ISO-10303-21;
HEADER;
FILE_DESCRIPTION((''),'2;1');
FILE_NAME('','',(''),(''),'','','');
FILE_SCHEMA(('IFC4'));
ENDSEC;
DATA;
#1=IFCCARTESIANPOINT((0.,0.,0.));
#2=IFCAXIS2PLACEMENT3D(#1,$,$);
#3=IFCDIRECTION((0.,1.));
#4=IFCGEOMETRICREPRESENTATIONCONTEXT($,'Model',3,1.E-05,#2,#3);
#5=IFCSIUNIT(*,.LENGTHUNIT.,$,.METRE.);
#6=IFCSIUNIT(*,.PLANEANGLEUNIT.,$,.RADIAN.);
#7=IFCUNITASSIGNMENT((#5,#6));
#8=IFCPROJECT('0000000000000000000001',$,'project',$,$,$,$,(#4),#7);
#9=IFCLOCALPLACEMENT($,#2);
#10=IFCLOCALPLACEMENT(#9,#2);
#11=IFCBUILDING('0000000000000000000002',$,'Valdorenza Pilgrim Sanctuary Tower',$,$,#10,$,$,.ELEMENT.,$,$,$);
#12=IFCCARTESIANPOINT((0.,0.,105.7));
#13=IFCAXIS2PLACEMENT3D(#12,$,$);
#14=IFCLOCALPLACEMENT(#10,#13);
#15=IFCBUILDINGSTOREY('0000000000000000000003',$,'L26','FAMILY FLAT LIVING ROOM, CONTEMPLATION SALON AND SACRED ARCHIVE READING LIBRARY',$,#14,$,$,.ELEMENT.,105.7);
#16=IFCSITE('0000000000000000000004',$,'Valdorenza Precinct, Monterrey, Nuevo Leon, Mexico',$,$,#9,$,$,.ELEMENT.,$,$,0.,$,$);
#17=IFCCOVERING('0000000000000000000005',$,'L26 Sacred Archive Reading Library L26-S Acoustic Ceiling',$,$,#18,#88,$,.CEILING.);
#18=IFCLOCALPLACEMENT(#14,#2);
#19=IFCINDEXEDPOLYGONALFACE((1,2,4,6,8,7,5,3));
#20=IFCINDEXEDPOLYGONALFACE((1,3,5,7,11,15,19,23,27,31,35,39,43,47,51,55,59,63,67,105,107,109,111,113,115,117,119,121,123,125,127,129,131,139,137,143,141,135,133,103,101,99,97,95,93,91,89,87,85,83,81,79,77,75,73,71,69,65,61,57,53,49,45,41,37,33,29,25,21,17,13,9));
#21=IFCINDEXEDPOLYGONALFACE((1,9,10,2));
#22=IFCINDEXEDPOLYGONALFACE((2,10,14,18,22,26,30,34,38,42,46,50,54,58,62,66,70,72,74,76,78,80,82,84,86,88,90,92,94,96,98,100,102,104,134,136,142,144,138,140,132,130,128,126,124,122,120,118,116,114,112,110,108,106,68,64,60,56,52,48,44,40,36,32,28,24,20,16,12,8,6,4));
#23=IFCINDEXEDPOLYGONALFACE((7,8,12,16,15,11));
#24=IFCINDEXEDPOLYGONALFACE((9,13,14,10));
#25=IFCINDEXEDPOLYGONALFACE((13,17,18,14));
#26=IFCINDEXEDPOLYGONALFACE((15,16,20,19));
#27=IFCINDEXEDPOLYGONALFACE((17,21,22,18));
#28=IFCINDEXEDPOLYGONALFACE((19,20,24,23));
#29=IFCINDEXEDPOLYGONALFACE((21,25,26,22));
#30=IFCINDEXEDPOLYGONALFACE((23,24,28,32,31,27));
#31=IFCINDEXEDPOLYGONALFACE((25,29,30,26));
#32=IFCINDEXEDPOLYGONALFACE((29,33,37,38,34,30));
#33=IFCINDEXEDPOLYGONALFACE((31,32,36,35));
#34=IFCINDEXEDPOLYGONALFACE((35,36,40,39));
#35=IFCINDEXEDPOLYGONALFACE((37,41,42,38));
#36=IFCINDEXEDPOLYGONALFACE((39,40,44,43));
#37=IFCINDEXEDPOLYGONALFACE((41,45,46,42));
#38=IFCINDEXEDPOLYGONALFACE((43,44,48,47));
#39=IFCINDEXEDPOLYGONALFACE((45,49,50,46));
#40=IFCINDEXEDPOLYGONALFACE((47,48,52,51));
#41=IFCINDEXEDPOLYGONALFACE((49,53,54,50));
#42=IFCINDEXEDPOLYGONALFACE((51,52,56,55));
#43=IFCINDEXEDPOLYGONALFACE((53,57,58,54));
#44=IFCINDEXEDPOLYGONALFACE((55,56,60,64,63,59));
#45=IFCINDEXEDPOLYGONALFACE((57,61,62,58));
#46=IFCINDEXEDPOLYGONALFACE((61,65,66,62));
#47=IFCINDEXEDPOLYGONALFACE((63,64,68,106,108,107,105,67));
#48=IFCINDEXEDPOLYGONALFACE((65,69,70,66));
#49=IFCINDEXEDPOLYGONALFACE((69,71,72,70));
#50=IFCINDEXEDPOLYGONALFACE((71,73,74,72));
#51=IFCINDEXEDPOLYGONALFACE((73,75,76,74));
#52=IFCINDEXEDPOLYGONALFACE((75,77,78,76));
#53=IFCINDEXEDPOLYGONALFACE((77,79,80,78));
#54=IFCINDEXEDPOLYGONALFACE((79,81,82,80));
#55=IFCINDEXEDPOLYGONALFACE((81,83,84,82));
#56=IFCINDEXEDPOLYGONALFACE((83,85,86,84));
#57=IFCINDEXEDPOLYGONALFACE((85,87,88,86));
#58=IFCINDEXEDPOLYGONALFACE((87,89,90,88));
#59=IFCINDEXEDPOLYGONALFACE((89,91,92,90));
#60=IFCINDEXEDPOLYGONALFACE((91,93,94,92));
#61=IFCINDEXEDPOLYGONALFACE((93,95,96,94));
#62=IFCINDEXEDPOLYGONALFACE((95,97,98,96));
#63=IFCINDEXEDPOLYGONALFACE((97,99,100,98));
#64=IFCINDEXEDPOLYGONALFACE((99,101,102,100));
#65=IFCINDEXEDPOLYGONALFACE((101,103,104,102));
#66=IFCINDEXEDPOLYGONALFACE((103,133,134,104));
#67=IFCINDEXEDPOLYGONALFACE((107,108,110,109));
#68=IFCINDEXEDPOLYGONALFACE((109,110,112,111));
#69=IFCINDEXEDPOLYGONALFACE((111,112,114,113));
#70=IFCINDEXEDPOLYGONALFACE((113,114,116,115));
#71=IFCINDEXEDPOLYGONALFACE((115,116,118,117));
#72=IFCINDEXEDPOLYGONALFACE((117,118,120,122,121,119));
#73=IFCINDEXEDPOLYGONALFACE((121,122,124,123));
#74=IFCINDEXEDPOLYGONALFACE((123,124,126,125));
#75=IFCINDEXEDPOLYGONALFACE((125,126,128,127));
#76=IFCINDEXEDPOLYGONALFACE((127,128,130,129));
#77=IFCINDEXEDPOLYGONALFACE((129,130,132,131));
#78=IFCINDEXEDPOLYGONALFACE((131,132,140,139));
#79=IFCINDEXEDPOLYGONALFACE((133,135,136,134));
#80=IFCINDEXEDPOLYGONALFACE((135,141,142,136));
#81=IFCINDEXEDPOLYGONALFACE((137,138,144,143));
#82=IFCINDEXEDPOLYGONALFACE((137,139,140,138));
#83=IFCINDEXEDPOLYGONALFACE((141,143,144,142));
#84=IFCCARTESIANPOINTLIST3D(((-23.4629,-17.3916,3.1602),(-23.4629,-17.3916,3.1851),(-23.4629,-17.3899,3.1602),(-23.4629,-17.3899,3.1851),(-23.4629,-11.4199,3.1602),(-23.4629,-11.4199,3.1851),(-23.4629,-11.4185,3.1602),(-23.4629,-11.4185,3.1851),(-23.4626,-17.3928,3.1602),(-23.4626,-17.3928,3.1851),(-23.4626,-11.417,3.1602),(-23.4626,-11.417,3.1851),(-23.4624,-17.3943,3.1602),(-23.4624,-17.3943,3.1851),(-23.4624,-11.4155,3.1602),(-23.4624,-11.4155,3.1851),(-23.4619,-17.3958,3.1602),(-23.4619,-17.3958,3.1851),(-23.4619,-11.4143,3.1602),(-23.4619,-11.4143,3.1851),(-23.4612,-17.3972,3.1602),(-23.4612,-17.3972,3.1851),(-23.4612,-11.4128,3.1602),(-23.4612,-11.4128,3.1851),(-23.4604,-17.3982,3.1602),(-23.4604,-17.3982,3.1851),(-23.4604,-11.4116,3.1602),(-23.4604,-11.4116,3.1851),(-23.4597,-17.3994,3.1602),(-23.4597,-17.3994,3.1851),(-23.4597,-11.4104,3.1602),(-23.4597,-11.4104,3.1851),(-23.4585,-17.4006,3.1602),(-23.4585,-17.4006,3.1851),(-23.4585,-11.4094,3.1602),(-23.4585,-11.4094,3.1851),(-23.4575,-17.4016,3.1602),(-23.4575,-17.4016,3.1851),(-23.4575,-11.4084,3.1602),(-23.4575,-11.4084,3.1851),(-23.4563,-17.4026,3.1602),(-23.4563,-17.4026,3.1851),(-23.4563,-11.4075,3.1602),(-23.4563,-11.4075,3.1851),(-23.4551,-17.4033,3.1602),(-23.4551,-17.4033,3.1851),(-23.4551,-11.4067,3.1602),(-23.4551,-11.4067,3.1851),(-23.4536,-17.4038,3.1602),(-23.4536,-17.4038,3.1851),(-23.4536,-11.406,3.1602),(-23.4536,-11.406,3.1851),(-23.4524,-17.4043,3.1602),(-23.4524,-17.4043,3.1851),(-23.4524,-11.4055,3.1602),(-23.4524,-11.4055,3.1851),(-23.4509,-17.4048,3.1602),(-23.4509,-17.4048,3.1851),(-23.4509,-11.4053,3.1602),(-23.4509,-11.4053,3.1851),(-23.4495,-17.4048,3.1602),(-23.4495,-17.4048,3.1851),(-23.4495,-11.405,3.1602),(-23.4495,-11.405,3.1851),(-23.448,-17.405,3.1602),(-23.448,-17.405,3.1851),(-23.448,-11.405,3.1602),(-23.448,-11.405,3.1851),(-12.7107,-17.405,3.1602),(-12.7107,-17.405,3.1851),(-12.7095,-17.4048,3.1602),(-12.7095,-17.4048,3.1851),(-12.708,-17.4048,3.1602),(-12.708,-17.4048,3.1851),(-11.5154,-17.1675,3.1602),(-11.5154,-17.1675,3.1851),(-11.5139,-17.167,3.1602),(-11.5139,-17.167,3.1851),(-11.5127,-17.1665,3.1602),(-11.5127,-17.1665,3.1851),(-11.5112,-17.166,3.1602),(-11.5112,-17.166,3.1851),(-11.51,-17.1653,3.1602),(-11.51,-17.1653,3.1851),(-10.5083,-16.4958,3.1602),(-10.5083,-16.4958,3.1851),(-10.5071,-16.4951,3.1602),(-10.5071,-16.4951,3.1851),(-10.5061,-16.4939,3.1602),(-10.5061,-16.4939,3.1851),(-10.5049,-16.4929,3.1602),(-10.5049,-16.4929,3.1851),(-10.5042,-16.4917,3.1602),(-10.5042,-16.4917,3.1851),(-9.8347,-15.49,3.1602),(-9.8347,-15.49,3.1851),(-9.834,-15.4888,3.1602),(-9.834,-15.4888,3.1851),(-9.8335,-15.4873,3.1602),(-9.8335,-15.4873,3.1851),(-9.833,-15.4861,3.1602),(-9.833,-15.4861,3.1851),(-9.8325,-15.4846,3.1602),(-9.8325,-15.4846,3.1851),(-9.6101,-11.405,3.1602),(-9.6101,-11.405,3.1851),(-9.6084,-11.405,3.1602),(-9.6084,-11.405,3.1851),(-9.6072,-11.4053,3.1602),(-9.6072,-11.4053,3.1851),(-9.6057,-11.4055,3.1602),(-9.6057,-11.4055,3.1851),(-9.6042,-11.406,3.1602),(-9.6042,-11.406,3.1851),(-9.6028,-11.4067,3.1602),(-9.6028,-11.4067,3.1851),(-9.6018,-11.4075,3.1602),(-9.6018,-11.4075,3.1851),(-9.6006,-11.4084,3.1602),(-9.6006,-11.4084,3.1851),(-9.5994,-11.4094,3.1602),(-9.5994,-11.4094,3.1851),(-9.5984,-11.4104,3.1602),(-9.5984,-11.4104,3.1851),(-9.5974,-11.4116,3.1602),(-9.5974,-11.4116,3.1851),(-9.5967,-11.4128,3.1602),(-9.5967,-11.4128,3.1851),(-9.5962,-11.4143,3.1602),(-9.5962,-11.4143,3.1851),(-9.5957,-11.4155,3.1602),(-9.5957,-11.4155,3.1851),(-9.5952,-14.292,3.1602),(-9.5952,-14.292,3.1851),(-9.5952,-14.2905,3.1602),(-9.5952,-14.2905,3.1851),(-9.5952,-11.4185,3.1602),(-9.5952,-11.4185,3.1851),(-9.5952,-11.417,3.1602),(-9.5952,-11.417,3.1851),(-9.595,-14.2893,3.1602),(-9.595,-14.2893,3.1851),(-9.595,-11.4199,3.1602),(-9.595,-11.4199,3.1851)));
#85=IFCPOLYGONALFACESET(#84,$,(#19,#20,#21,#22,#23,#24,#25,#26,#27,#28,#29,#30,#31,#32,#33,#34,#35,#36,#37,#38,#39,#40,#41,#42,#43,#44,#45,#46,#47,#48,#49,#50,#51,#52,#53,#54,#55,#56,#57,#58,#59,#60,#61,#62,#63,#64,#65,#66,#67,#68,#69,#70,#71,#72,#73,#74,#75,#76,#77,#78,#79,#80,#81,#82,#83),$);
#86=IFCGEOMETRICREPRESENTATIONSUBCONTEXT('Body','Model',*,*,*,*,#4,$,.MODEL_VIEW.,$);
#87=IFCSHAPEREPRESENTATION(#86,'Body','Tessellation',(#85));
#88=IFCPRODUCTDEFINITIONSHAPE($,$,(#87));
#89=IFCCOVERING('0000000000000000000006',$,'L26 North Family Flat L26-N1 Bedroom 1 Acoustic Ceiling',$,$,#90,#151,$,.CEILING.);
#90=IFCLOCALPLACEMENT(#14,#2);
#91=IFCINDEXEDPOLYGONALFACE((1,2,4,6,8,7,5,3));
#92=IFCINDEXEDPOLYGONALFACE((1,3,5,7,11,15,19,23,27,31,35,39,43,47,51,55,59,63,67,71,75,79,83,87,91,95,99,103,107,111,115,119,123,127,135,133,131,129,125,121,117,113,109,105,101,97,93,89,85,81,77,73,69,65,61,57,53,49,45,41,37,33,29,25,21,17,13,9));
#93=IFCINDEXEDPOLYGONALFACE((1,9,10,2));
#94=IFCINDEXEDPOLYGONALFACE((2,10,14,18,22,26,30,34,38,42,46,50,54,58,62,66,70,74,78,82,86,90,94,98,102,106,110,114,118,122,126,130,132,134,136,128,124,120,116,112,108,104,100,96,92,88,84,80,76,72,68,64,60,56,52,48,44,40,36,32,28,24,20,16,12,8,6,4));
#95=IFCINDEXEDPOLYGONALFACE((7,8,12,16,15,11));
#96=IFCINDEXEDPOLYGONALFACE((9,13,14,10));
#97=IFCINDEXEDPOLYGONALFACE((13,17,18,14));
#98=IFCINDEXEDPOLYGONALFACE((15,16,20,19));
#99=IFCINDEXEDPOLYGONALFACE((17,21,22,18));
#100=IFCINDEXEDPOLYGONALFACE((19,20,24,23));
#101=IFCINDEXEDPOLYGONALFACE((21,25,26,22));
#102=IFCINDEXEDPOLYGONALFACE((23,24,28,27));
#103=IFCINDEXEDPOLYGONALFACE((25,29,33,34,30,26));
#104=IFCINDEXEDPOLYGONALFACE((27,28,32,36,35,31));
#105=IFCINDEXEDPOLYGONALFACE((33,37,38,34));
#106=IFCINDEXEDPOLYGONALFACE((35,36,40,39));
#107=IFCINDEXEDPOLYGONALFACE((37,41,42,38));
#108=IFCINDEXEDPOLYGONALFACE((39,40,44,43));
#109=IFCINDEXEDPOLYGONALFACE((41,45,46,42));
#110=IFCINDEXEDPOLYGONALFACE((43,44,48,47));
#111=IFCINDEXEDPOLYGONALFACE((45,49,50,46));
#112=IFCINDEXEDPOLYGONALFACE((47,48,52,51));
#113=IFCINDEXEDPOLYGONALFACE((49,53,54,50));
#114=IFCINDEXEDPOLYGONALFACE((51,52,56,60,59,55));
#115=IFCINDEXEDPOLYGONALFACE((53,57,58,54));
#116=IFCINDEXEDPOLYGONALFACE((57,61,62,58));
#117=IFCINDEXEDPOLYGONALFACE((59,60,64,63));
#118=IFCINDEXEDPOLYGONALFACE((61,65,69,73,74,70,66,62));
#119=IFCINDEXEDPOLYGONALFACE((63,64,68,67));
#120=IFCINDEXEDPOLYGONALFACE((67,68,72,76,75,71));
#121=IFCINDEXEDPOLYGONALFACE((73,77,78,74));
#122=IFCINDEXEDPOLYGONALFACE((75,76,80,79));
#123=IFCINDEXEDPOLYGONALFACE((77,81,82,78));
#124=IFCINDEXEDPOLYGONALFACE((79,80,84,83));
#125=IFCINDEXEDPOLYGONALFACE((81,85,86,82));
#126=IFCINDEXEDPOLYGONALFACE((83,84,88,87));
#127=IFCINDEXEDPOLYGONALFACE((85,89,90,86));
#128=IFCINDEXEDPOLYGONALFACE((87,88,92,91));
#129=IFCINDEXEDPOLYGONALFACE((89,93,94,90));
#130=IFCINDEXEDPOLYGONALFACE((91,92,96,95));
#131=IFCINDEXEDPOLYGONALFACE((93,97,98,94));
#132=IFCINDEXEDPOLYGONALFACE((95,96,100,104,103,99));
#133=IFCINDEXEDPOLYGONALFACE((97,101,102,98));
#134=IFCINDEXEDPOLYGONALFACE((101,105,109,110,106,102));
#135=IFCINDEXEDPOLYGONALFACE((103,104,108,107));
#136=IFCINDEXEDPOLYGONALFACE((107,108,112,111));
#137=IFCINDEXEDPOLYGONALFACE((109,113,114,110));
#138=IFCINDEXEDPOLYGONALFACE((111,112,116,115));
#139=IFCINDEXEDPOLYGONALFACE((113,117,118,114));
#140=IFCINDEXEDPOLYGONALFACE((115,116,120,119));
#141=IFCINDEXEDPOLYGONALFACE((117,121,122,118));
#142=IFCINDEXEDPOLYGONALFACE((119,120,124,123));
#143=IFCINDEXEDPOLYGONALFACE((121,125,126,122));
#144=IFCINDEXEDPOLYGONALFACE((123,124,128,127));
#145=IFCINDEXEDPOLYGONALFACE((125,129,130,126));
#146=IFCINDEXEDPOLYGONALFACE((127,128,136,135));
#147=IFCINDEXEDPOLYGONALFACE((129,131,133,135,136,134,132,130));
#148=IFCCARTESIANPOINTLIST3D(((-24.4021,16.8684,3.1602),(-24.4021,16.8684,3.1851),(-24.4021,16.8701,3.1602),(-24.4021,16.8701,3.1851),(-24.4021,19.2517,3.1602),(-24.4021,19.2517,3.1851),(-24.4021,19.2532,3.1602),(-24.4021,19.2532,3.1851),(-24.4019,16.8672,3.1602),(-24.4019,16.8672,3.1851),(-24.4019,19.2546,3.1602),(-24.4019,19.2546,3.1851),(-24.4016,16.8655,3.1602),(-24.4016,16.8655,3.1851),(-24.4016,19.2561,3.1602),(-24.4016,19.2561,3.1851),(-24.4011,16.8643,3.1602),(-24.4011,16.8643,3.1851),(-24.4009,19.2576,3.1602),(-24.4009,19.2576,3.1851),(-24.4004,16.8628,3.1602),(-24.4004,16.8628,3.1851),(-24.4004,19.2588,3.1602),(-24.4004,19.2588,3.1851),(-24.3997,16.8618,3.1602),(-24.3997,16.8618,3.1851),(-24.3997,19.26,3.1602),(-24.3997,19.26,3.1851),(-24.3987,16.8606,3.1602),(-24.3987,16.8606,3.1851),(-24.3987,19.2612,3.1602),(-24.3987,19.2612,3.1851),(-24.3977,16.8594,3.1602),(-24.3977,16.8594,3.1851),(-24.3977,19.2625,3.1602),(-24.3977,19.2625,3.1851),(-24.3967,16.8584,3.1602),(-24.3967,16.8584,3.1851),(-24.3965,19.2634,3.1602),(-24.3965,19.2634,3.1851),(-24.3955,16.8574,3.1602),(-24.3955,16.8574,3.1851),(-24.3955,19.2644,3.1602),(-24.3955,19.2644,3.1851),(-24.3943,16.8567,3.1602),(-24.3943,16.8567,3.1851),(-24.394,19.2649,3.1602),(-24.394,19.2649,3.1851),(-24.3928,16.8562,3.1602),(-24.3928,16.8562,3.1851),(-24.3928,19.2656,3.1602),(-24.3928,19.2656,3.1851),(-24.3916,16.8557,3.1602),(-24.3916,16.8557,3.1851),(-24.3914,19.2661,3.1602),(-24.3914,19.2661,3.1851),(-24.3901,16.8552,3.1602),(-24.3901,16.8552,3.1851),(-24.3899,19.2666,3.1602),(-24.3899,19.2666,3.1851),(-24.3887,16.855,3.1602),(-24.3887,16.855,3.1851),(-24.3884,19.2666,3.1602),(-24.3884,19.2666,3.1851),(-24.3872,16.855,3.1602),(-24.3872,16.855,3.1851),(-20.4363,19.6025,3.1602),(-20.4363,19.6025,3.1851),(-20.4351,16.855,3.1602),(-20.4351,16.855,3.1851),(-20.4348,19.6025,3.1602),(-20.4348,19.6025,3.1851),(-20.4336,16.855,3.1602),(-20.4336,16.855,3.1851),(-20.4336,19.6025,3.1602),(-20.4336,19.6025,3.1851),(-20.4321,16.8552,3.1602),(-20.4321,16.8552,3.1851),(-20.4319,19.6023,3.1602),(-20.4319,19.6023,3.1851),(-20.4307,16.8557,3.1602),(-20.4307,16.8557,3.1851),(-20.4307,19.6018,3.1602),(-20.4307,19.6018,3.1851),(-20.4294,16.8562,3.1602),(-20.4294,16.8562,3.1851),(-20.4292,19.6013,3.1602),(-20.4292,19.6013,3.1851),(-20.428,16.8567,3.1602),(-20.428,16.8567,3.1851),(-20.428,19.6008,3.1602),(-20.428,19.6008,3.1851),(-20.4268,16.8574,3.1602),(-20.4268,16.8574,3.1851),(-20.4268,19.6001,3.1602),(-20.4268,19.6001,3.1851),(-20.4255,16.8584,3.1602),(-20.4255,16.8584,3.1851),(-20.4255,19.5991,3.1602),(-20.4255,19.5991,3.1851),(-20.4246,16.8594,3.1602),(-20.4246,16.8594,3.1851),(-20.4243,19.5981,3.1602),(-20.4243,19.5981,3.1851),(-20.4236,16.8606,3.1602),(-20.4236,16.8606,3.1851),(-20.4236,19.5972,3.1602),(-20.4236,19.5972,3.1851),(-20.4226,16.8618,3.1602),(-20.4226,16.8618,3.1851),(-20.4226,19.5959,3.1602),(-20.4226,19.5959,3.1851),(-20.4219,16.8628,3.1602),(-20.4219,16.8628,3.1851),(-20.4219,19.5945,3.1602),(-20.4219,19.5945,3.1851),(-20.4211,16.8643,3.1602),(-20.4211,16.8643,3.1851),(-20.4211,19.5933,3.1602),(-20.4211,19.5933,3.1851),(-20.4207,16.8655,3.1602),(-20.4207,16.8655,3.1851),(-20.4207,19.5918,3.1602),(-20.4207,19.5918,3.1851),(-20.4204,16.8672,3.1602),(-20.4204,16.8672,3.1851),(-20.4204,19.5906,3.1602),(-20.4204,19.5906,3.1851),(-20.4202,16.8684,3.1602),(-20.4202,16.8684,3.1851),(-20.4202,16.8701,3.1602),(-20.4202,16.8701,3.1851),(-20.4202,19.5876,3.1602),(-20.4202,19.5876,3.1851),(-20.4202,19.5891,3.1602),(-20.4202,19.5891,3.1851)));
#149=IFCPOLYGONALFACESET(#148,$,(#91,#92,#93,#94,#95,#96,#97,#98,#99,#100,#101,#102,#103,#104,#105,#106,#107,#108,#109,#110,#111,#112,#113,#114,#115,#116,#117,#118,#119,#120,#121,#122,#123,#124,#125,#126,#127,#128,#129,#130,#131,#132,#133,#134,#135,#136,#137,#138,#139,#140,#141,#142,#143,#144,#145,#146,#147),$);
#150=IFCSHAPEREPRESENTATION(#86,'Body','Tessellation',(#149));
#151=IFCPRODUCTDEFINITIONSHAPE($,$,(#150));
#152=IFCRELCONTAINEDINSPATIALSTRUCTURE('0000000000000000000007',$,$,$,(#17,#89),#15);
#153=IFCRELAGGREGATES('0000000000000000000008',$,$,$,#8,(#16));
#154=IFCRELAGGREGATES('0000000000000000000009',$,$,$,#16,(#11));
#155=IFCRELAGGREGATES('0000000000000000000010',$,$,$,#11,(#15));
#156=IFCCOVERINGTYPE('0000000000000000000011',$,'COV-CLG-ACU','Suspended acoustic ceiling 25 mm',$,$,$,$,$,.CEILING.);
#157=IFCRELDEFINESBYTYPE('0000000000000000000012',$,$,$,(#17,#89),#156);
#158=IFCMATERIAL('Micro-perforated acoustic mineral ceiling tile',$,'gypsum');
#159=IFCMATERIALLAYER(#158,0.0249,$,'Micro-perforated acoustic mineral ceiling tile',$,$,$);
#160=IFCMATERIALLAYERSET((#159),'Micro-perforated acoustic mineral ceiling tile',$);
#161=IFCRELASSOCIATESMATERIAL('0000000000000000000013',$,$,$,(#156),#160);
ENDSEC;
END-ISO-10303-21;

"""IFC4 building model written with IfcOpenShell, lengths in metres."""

from ifc_helpers import new_model, si_unit, direction, frame, origin, place, context, subcontext, project, spatial, polyline, outline, extrude, material, layer, layer_set, type_object, element, save


model = new_model("IFC4")

# Units and contexts
model_context = context("Model", 3, precision=1e-05, world=origin(), true_north=direction((0.0, 1.0)))
body_context = subcontext(model_context, "Body", "Model", "MODEL_VIEW")
ifc_project = project(units=[si_unit("LENGTHUNIT", "METRE"), si_unit("PLANEANGLEUNIT", "RADIAN")], contexts=[model_context])

# Site, building, storey
site_placement = place(None, origin())
site = spatial("IfcSite", under=ifc_project, at=site_placement, Name="Valdorenza Precinct, Monterrey, Nuevo Leon, Mexico", CompositionType="ELEMENT", RefElevation=0.0)
building_placement = place(site_placement, origin())
building = spatial("IfcBuilding", under=site, at=building_placement, Name="Valdorenza Pilgrim Sanctuary Tower", CompositionType="ELEMENT")
storey_placement = place(building_placement, frame((0.0, 0.0, 105.7)))
storey = spatial("IfcBuildingStorey", under=building, at=storey_placement, Name="L26", Description="FAMILY FLAT LIVING ROOM, CONTEMPLATION SALON AND SACRED ARCHIVE READING LIBRARY", CompositionType="ELEMENT", Elevation=105.7)

# Coverings
ifc_material_1 = material(Name="Micro-perforated acoustic mineral ceiling tile", Category="gypsum")
ifc_layer_1 = layer(ifc_material_1, 0.0249, Name="Micro-perforated acoustic mineral ceiling tile")
ifc_layer_set_1 = layer_set([ifc_layer_1], Name="Micro-perforated acoustic mineral ceiling tile")
covering_type_1 = type_object("IfcCoveringType", Name="COV-CLG-ACU", Description="Suspended acoustic ceiling 25 mm", PredefinedType="CEILING", material=ifc_layer_set_1)
covering_1_placement = place(storey_placement, frame((0.0, 0.0, 3.1602)))
element("IfcCovering", 1, at=covering_1_placement, inside=storey, type_object=covering_type_1, Name="L26 Sacred Archive Reading Library L26-S Acoustic Ceiling", PredefinedType="CEILING", context=body_context, shape_type="SweptSolid", body=[
    extrude(outline(polyline([(-9.6101, -11.405), (-9.6084, -11.405), (-9.6072, -11.4053), (-9.6057, -11.4055), (-9.6042, -11.406), (-9.6028, -11.4067), (-9.6018, -11.4075), (-9.6006, -11.4084), (-9.5994, -11.4094), (-9.5984, -11.4104), (-9.5974, -11.4116), (-9.5967, -11.4128), (-9.5962, -11.4143), (-9.5957, -11.4155), (-9.5952, -11.417), (-9.5952, -11.4185), (-9.595, -11.4199), (-9.595, -14.2893), (-9.5952, -14.2905), (-9.5952, -14.292), (-9.8325, -15.4846), (-9.833, -15.4861), (-9.8335, -15.4873), (-9.834, -15.4888), (-9.8347, -15.49), (-10.5042, -16.4917), (-10.5049, -16.4929), (-10.5061, -16.4939), (-10.5071, -16.4951), (-10.5083, -16.4958), (-11.51, -17.1653), (-11.5112, -17.166), (-11.5127, -17.1665), (-11.5139, -17.167), (-11.5154, -17.1675), (-12.708, -17.4048), (-12.7095, -17.4048), (-12.7107, -17.405), (-23.448, -17.405), (-23.4495, -17.4048), (-23.4509, -17.4048), (-23.4524, -17.4043), (-23.4536, -17.4038), (-23.4551, -17.4033), (-23.4563, -17.4026), (-23.4575, -17.4016), (-23.4585, -17.4006), (-23.4597, -17.3994), (-23.4604, -17.3982), (-23.4612, -17.3972), (-23.4619, -17.3958), (-23.4624, -17.3943), (-23.4626, -17.3928), (-23.4629, -17.3916), (-23.4629, -17.3899), (-23.4629, -11.4199), (-23.4629, -11.4185), (-23.4626, -11.417), (-23.4624, -11.4155), (-23.4619, -11.4143), (-23.4612, -11.4128), (-23.4604, -11.4116), (-23.4597, -11.4104), (-23.4585, -11.4094), (-23.4575, -11.4084), (-23.4563, -11.4075), (-23.4551, -11.4067), (-23.4536, -11.406), (-23.4524, -11.4055), (-23.4509, -11.4053), (-23.4495, -11.405), (-23.448, -11.405), (-9.6101, -11.405)])), origin(), (0.0, 0.0, 1.0), 0.0249),
])
covering_2_placement = place(storey_placement, frame((0.0, 0.0, 3.1602)))
element("IfcCovering", 2, at=covering_2_placement, inside=storey, type_object=covering_type_1, Name="L26 North Family Flat L26-N1 Bedroom 1 Acoustic Ceiling", PredefinedType="CEILING", context=body_context, shape_type="SweptSolid", body=[
    extrude(outline(polyline([(-24.3872, 16.855), (-24.3887, 16.855), (-24.3901, 16.8552), (-24.3916, 16.8557), (-24.3928, 16.8562), (-24.3943, 16.8567), (-24.3955, 16.8574), (-24.3967, 16.8584), (-24.3977, 16.8594), (-24.3987, 16.8606), (-24.3997, 16.8618), (-24.4004, 16.8628), (-24.4011, 16.8643), (-24.4016, 16.8655), (-24.4019, 16.8672), (-24.4021, 16.8684), (-24.4021, 16.8701), (-24.4021, 19.2517), (-24.4021, 19.2532), (-24.4019, 19.2546), (-24.4016, 19.2561), (-24.4009, 19.2576), (-24.4004, 19.2588), (-24.3997, 19.26), (-24.3987, 19.2612), (-24.3977, 19.2625), (-24.3965, 19.2634), (-24.3955, 19.2644), (-24.394, 19.2649), (-24.3928, 19.2656), (-24.3914, 19.2661), (-24.3899, 19.2666), (-24.3884, 19.2666), (-20.4363, 19.6025), (-20.4348, 19.6025), (-20.4336, 19.6025), (-20.4319, 19.6023), (-20.4307, 19.6018), (-20.4292, 19.6013), (-20.428, 19.6008), (-20.4268, 19.6001), (-20.4255, 19.5991), (-20.4243, 19.5981), (-20.4236, 19.5972), (-20.4226, 19.5959), (-20.4219, 19.5945), (-20.4211, 19.5933), (-20.4207, 19.5918), (-20.4204, 19.5906), (-20.4202, 19.5891), (-20.4202, 19.5876), (-20.4202, 16.8701), (-20.4202, 16.8684), (-20.4204, 16.8672), (-20.4207, 16.8655), (-20.4211, 16.8643), (-20.4219, 16.8628), (-20.4226, 16.8618), (-20.4236, 16.8606), (-20.4246, 16.8594), (-20.4255, 16.8584), (-20.4268, 16.8574), (-20.428, 16.8567), (-20.4294, 16.8562), (-20.4307, 16.8557), (-20.4321, 16.8552), (-20.4336, 16.855), (-20.4351, 16.855), (-24.3872, 16.855)])), origin(), (0.0, 0.0, 1.0), 0.0249),
])

save(model, "model.ifc")
